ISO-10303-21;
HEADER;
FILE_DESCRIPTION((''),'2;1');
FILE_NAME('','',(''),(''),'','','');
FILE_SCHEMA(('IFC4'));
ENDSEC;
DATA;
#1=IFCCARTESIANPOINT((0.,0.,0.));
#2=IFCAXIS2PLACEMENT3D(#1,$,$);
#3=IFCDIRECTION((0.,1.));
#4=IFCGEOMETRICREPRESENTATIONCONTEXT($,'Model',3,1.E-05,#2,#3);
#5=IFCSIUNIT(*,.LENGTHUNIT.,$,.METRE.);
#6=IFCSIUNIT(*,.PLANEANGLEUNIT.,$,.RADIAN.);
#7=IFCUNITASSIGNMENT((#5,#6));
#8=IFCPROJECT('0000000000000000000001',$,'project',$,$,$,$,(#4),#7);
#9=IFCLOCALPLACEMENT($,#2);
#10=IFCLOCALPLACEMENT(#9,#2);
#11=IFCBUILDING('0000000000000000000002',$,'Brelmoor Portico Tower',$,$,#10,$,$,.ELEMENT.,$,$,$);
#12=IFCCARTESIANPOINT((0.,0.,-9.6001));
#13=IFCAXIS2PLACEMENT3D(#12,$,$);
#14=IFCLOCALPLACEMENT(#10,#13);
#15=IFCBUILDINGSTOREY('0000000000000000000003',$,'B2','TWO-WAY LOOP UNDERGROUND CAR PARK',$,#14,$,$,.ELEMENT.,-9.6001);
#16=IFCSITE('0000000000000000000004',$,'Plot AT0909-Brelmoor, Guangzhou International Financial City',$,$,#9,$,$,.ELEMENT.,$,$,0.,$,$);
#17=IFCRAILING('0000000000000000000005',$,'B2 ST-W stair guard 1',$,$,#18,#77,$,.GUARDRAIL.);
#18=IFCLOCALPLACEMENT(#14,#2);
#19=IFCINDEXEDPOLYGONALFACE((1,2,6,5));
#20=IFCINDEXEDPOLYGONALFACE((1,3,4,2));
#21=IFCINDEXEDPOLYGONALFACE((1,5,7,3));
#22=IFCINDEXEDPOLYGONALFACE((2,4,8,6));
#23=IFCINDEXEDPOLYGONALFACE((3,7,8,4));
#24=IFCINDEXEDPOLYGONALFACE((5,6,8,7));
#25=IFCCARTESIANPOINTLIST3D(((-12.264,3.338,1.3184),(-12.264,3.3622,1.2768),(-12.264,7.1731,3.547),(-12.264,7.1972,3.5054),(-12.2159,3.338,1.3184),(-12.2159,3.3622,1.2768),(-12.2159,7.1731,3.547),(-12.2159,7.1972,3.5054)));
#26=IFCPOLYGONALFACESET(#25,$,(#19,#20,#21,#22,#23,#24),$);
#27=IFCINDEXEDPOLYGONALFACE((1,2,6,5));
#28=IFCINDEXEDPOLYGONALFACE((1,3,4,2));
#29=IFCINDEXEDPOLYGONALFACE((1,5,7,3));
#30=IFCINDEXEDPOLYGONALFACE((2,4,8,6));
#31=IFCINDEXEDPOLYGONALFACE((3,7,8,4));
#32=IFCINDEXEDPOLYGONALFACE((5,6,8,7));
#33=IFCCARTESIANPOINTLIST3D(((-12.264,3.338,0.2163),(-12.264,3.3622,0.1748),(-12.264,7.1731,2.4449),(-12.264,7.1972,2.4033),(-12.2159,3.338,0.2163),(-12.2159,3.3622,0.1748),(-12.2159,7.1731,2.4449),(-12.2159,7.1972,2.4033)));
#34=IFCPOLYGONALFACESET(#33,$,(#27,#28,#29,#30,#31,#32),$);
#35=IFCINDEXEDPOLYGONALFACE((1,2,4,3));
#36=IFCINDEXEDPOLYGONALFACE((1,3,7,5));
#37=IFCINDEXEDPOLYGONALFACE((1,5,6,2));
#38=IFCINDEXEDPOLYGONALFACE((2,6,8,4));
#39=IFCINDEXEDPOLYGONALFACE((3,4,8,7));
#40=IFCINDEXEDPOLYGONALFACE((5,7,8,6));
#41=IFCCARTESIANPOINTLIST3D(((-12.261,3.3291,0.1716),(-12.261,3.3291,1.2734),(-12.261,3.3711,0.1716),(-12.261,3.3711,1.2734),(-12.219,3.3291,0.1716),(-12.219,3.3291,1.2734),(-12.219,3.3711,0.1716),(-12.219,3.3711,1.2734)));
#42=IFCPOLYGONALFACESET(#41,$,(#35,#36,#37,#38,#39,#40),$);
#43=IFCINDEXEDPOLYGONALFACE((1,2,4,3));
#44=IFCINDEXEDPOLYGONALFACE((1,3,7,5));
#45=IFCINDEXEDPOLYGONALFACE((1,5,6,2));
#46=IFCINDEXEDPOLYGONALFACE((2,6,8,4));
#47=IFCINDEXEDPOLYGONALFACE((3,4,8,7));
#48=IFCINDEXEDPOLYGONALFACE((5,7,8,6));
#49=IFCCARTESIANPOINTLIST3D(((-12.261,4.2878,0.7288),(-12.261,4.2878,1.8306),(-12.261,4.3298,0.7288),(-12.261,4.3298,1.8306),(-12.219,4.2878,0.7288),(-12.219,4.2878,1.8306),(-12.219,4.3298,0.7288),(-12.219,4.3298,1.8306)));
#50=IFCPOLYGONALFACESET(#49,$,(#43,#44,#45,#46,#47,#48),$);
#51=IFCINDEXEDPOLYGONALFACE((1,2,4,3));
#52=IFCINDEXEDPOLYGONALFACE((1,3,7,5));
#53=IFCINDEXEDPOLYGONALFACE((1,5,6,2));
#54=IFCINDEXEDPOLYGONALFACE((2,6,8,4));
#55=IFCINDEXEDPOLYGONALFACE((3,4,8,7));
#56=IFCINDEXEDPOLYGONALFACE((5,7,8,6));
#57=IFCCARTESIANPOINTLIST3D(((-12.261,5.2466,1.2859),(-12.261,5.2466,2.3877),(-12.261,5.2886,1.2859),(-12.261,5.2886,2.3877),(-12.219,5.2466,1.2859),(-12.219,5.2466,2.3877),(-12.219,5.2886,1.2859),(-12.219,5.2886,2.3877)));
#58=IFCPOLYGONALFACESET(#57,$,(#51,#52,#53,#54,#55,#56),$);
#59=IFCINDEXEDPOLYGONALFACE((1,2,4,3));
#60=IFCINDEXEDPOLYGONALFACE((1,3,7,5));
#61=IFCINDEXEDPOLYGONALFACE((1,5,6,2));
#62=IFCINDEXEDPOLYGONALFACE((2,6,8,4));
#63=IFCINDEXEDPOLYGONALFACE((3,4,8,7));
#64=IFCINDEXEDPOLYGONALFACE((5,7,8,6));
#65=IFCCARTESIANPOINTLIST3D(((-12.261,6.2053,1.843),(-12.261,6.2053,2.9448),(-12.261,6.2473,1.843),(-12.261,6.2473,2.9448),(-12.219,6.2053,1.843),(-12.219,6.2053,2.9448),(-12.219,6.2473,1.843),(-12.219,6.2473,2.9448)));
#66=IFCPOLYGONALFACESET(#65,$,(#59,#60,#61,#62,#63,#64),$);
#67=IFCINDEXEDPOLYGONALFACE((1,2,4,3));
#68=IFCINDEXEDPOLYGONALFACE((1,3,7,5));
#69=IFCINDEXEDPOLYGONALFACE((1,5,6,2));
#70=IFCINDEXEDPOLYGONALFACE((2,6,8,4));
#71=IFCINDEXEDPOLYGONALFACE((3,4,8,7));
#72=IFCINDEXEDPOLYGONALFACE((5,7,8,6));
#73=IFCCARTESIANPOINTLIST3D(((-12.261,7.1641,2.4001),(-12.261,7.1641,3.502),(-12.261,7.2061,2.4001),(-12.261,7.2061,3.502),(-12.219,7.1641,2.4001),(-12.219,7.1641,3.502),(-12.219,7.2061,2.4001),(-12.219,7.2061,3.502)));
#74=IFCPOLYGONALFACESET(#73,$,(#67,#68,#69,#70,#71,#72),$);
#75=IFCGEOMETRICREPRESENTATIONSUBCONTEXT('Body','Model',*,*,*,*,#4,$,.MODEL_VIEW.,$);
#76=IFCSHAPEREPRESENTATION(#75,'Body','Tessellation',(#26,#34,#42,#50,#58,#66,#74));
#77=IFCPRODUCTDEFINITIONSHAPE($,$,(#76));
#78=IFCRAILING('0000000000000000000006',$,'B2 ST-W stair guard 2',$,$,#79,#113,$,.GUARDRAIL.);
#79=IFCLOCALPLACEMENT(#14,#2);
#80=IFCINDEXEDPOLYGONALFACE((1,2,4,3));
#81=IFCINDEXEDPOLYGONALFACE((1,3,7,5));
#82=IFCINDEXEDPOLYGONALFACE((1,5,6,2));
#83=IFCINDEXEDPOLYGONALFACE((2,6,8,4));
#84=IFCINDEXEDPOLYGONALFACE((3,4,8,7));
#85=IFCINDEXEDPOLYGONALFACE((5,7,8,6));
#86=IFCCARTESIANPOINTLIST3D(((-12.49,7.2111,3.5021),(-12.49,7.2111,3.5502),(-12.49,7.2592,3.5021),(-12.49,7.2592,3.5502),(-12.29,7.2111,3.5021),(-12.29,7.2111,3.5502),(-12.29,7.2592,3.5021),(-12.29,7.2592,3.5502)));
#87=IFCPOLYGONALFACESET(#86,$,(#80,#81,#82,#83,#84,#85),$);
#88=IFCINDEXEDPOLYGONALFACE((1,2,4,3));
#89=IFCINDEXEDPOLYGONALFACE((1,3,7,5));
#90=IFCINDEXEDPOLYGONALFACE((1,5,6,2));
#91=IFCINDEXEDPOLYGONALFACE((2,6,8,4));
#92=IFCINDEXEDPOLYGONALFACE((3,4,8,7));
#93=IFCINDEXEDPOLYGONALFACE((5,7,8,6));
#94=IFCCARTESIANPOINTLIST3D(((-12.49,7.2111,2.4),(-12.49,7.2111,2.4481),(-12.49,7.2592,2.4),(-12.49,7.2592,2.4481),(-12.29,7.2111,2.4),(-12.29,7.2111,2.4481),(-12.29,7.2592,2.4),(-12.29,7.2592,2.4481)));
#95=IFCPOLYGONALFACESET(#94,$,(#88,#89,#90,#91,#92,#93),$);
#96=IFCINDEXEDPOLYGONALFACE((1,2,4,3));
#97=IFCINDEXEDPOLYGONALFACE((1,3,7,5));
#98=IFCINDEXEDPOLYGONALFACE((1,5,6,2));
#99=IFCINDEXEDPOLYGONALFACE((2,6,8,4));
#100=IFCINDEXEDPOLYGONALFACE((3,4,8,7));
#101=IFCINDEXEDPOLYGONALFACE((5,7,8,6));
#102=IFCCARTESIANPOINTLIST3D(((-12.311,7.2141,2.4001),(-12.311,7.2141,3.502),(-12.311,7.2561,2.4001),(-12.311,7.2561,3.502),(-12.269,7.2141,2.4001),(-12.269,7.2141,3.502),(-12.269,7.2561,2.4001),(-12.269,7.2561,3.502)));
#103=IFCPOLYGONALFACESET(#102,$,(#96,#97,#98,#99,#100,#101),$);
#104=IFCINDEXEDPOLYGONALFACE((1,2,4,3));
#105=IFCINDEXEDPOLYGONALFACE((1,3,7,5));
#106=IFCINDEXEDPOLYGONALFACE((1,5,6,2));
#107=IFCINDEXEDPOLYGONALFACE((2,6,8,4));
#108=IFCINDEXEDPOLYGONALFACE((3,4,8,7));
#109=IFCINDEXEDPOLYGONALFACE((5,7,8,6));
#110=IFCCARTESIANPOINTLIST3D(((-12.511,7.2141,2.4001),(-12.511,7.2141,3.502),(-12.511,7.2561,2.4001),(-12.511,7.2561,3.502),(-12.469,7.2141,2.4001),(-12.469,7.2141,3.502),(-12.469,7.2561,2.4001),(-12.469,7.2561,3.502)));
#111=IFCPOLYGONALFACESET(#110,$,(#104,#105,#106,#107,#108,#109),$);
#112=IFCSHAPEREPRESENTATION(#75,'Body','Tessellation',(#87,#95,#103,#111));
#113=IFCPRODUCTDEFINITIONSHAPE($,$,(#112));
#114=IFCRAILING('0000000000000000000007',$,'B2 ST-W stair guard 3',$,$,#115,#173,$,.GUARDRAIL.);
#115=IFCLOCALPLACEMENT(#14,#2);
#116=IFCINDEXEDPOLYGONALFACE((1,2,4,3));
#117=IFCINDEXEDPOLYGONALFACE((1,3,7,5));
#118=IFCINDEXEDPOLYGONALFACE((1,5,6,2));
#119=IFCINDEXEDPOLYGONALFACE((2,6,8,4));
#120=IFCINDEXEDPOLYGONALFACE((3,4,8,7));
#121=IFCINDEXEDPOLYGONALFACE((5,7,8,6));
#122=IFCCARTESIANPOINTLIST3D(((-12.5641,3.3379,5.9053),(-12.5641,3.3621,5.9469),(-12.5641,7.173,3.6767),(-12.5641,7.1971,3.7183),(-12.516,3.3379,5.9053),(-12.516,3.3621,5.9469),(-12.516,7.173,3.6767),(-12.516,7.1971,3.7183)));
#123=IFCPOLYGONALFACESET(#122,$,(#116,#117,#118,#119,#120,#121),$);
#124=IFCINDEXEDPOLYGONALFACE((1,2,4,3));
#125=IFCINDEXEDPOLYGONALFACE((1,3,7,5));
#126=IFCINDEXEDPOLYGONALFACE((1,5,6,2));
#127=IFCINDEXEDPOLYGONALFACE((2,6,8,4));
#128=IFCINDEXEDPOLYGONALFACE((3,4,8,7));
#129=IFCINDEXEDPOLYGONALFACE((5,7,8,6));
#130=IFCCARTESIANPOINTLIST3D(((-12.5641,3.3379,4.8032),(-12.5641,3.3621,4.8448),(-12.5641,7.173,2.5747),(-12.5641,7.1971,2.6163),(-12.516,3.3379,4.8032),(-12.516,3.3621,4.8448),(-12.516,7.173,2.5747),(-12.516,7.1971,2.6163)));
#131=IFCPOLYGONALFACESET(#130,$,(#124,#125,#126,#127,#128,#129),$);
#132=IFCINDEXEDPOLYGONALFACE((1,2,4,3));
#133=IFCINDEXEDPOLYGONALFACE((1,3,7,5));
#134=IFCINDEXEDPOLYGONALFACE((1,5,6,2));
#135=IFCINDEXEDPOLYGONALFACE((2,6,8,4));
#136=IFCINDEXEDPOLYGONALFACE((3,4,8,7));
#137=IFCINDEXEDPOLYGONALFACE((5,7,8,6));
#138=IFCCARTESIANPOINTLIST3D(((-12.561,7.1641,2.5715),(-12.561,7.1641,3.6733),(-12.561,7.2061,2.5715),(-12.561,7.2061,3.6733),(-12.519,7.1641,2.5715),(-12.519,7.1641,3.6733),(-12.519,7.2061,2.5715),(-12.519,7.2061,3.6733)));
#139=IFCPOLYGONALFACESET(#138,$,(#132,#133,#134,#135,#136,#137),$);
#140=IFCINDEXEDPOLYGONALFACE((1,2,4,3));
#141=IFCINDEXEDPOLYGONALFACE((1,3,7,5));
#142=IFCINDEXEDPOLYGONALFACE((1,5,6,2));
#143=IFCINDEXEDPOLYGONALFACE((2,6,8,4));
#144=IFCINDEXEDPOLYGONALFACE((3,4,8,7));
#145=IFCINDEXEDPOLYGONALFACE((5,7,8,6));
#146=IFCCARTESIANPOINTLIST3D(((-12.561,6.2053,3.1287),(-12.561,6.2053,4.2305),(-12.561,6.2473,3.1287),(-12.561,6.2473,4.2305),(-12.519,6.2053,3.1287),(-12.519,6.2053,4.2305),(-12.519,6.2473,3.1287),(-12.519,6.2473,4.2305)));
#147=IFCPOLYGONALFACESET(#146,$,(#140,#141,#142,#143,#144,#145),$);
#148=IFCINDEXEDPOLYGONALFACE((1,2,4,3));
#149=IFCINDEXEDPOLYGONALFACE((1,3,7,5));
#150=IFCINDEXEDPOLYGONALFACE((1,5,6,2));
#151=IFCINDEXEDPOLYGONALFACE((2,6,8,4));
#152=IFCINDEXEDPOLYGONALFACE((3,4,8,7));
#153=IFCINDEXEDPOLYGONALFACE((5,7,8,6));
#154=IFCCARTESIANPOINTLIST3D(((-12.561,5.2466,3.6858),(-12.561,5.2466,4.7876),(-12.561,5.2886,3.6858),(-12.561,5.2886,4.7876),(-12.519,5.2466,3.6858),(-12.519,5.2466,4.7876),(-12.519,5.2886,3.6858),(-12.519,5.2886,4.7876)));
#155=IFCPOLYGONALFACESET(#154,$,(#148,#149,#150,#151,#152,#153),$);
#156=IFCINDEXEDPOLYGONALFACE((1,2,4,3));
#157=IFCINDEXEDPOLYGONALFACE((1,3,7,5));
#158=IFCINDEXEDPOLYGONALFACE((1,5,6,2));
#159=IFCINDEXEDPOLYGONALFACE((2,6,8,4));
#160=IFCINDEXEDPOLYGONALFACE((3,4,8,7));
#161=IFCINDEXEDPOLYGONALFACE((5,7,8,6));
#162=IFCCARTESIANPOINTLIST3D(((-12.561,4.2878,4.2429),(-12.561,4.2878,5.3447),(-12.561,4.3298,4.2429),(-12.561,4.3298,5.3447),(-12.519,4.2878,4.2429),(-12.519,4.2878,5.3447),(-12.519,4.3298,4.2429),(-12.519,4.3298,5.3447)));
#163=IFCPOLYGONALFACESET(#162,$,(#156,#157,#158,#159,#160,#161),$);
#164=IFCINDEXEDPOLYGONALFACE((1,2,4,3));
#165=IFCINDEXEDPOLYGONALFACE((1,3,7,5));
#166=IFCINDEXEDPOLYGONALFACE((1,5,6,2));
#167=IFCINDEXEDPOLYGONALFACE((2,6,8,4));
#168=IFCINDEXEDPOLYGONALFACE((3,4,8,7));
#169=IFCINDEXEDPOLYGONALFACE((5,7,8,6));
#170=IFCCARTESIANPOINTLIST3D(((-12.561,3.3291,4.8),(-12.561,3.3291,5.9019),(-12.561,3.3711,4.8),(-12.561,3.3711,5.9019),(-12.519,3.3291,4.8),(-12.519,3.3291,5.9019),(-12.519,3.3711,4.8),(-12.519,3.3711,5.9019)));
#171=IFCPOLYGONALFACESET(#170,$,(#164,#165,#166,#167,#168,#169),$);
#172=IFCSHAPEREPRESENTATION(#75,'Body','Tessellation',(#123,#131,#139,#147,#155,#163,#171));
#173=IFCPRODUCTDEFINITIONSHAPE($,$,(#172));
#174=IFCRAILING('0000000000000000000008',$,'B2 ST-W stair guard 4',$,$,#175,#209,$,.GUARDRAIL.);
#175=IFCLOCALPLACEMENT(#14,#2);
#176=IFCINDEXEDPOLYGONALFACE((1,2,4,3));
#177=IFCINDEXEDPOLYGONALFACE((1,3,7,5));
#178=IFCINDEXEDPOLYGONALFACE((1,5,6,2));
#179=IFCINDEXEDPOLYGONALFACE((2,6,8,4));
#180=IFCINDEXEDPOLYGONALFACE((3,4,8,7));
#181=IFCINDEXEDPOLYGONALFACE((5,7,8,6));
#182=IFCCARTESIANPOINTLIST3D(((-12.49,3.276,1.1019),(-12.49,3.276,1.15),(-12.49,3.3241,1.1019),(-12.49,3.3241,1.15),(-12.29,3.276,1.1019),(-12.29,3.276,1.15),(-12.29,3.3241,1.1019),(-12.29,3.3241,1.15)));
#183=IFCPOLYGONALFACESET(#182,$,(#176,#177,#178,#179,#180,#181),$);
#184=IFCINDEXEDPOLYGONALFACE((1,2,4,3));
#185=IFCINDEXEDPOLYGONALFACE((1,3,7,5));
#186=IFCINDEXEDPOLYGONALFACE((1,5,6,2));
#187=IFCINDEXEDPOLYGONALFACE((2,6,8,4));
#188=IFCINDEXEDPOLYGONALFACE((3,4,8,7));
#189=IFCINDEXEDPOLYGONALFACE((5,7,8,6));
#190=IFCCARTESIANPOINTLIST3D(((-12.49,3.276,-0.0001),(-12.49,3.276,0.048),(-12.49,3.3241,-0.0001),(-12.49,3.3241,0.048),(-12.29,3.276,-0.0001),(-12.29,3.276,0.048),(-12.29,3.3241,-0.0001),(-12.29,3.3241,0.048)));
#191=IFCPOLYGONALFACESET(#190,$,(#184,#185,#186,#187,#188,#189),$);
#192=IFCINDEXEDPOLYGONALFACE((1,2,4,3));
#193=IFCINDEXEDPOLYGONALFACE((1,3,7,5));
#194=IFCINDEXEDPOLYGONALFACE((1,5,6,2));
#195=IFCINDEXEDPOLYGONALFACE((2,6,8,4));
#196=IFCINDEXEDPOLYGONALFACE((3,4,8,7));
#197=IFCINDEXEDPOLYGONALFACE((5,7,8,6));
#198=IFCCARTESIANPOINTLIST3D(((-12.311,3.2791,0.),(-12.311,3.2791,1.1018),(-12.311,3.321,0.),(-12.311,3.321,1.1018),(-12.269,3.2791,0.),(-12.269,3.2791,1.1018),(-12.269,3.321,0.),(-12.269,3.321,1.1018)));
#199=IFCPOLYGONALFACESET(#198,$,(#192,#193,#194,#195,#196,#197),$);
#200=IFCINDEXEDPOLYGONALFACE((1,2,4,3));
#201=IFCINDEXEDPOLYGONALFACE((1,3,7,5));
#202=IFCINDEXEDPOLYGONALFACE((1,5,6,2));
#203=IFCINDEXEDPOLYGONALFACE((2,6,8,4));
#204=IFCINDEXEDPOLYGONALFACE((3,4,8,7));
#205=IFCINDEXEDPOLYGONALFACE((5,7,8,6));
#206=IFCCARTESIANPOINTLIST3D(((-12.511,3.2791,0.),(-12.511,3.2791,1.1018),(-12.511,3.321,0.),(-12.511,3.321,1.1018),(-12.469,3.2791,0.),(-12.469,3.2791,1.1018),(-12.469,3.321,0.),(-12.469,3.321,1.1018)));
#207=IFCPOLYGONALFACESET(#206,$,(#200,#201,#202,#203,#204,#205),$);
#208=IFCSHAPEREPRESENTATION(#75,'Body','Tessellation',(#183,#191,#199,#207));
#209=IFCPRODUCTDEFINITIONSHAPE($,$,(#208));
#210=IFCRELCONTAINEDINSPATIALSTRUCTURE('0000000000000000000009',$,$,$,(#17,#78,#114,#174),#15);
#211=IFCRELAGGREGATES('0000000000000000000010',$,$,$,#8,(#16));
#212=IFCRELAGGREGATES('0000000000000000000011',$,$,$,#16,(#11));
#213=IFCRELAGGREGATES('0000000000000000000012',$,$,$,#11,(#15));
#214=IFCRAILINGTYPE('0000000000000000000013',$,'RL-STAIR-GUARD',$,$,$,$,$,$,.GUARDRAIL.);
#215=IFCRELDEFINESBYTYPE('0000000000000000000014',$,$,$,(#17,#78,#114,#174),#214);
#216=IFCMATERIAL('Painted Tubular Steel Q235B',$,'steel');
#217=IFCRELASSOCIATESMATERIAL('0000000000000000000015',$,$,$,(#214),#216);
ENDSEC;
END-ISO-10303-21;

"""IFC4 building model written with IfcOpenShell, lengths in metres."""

from ifc_helpers import new_model, si_unit, direction, frame, origin, origin_2d, place, context, subcontext, project, spatial, rectangle, extrude, material, type_object, element, save


model = new_model("IFC4")

# Units and contexts
model_context = context("Model", 3, precision=1e-05, world=origin(), true_north=direction((0.0, 1.0)))
body_context = subcontext(model_context, "Body", "Model", "MODEL_VIEW")
ifc_project = project(units=[si_unit("LENGTHUNIT", "METRE"), si_unit("PLANEANGLEUNIT", "RADIAN")], contexts=[model_context])

# Site, building, storey
site_placement = place(None, origin())
site = spatial("IfcSite", under=ifc_project, at=site_placement, Name="Plot AT0909-Brelmoor, Guangzhou International Financial City", CompositionType="ELEMENT", RefElevation=0.0)
building_placement = place(site_placement, origin())
building = spatial("IfcBuilding", under=site, at=building_placement, Name="Brelmoor Portico Tower", CompositionType="ELEMENT")
storey_placement = place(building_placement, frame((0.0, 0.0, -9.6001)))
storey = spatial("IfcBuildingStorey", under=building, at=storey_placement, Name="B2", Description="TWO-WAY LOOP UNDERGROUND CAR PARK", CompositionType="ELEMENT", Elevation=-9.6001)

# Railings
ifc_material_1 = material(Name="Painted Tubular Steel Q235B", Category="steel")
railing_type_1 = type_object("IfcRailingType", Name="RL-STAIR-GUARD", PredefinedType="GUARDRAIL", material=ifc_material_1)
railing_1_placement = place(storey_placement, frame((-12.24, 3.3501, 0.1716)))
element("IfcRailing", 1, at=railing_1_placement, inside=storey, type_object=railing_type_1, Name="B2 ST-W stair guard 1", PredefinedType="GUARDRAIL", context=body_context, shape_type="SweptSolid", body=[
    extrude(rectangle(XDim=0.0481, YDim=0.0481, at=origin_2d()), frame((0.0, 0.0, 1.126), z_axis=(0.0, 0.864616, 0.502433), x_axis=(-1.0, 0.0, 0.0)), (0.0, 0.0, 1.0), 4.4355),
    extrude(rectangle(XDim=0.0481, YDim=0.0481, at=origin_2d()), frame((0.0, 0.0, 0.0239), z_axis=(0.0, 0.864616, 0.502433), x_axis=(-1.0, 0.0, 0.0)), (0.0, 0.0, 1.0), 4.4355),
    extrude(rectangle(XDim=0.042, YDim=0.042, at=origin_2d()), origin(), (0.0, 0.0, 1.0), 1.1018),
    extrude(rectangle(XDim=0.042, YDim=0.042, at=origin_2d()), frame((0.0, 0.9587, 0.5571)), (0.0, 0.0, 1.0), 1.1018),
    extrude(rectangle(XDim=0.042, YDim=0.042, at=origin_2d()), frame((0.0, 1.9175, 1.1143)), (0.0, 0.0, 1.0), 1.1018),
    extrude(rectangle(XDim=0.042, YDim=0.042, at=origin_2d()), frame((0.0, 2.8762, 1.6714)), (0.0, 0.0, 1.0), 1.1018),
    extrude(rectangle(XDim=0.042, YDim=0.042, at=origin_2d()), frame((0.0, 3.835, 2.2285)), (0.0, 0.0, 1.0), 1.1018),
])
railing_2_placement = place(storey_placement, frame((-12.29, 7.2351, 2.4001)))
element("IfcRailing", 2, at=railing_2_placement, inside=storey, type_object=railing_type_1, Name="B2 ST-W stair guard 2", PredefinedType="GUARDRAIL", context=body_context, shape_type="SweptSolid", body=[
    extrude(rectangle(XDim=0.0481, YDim=0.0481, at=origin_2d()), frame((0.0, 0.0, 1.126), z_axis=(-1.0, 0.0, 0.0), x_axis=(0.0, -1.0, 0.0)), (0.0, 0.0, 1.0), 0.2),
    extrude(rectangle(XDim=0.0481, YDim=0.0481, at=origin_2d()), frame((0.0, 0.0, 0.0239), z_axis=(-1.0, 0.0, 0.0), x_axis=(0.0, -1.0, 0.0)), (0.0, 0.0, 1.0), 0.2),
    extrude(rectangle(XDim=0.042, YDim=0.042, at=origin_2d()), origin(), (0.0, 0.0, 1.0), 1.1018),
    extrude(rectangle(XDim=0.042, YDim=0.042, at=origin_2d()), frame((-0.2, 0.0, 0.0)), (0.0, 0.0, 1.0), 1.1018),
])
railing_3_placement = place(storey_placement, frame((-12.54, 7.1851, 2.5715)))
element("IfcRailing", 3, at=railing_3_placement, inside=storey, type_object=railing_type_1, Name="B2 ST-W stair guard 3", PredefinedType="GUARDRAIL", context=body_context, shape_type="SweptSolid", body=[
    extrude(rectangle(XDim=0.0481, YDim=0.0481, at=origin_2d()), frame((0.0, 0.0, 1.126), z_axis=(0.0, -0.864616, 0.502433), x_axis=(1.0, 0.0, 0.0)), (0.0, 0.0, 1.0), 4.4355),
    extrude(rectangle(XDim=0.0481, YDim=0.0481, at=origin_2d()), frame((0.0, 0.0, 0.0239), z_axis=(0.0, -0.864616, 0.502433), x_axis=(1.0, 0.0, 0.0)), (0.0, 0.0, 1.0), 4.4355),
    extrude(rectangle(XDim=0.042, YDim=0.042, at=origin_2d()), origin(), (0.0, 0.0, 1.0), 1.1018),
    extrude(rectangle(XDim=0.042, YDim=0.042, at=origin_2d()), frame((0.0, -0.9587, 0.5571)), (0.0, 0.0, 1.0), 1.1018),
    extrude(rectangle(XDim=0.042, YDim=0.042, at=origin_2d()), frame((0.0, -1.9175, 1.1143)), (0.0, 0.0, 1.0), 1.1018),
    extrude(rectangle(XDim=0.042, YDim=0.042, at=origin_2d()), frame((0.0, -2.8762, 1.6714)), (0.0, 0.0, 1.0), 1.1018),
    extrude(rectangle(XDim=0.042, YDim=0.042, at=origin_2d()), frame((0.0, -3.835, 2.2285)), (0.0, 0.0, 1.0), 1.1018),
])
railing_4_placement = place(storey_placement, frame((-12.29, 3.3, 0.0)))
element("IfcRailing", 4, at=railing_4_placement, inside=storey, type_object=railing_type_1, Name="B2 ST-W stair guard 4", PredefinedType="GUARDRAIL", context=body_context, shape_type="SweptSolid", body=[
    extrude(rectangle(XDim=0.0481, YDim=0.0481, at=origin_2d()), frame((0.0, 0.0, 1.126), z_axis=(-1.0, 0.0, 0.0), x_axis=(0.0, -1.0, 0.0)), (0.0, 0.0, 1.0), 0.2),
    extrude(rectangle(XDim=0.0481, YDim=0.0481, at=origin_2d()), frame((0.0, 0.0, 0.0239), z_axis=(-1.0, 0.0, 0.0), x_axis=(0.0, -1.0, 0.0)), (0.0, 0.0, 1.0), 0.2),
    extrude(rectangle(XDim=0.042, YDim=0.042, at=origin_2d()), origin(), (0.0, 0.0, 1.0), 1.1018),
    extrude(rectangle(XDim=0.042, YDim=0.042, at=origin_2d()), frame((-0.2, 0.0, 0.0)), (0.0, 0.0, 1.0), 1.1018),
])

save(model, "model.ifc")
